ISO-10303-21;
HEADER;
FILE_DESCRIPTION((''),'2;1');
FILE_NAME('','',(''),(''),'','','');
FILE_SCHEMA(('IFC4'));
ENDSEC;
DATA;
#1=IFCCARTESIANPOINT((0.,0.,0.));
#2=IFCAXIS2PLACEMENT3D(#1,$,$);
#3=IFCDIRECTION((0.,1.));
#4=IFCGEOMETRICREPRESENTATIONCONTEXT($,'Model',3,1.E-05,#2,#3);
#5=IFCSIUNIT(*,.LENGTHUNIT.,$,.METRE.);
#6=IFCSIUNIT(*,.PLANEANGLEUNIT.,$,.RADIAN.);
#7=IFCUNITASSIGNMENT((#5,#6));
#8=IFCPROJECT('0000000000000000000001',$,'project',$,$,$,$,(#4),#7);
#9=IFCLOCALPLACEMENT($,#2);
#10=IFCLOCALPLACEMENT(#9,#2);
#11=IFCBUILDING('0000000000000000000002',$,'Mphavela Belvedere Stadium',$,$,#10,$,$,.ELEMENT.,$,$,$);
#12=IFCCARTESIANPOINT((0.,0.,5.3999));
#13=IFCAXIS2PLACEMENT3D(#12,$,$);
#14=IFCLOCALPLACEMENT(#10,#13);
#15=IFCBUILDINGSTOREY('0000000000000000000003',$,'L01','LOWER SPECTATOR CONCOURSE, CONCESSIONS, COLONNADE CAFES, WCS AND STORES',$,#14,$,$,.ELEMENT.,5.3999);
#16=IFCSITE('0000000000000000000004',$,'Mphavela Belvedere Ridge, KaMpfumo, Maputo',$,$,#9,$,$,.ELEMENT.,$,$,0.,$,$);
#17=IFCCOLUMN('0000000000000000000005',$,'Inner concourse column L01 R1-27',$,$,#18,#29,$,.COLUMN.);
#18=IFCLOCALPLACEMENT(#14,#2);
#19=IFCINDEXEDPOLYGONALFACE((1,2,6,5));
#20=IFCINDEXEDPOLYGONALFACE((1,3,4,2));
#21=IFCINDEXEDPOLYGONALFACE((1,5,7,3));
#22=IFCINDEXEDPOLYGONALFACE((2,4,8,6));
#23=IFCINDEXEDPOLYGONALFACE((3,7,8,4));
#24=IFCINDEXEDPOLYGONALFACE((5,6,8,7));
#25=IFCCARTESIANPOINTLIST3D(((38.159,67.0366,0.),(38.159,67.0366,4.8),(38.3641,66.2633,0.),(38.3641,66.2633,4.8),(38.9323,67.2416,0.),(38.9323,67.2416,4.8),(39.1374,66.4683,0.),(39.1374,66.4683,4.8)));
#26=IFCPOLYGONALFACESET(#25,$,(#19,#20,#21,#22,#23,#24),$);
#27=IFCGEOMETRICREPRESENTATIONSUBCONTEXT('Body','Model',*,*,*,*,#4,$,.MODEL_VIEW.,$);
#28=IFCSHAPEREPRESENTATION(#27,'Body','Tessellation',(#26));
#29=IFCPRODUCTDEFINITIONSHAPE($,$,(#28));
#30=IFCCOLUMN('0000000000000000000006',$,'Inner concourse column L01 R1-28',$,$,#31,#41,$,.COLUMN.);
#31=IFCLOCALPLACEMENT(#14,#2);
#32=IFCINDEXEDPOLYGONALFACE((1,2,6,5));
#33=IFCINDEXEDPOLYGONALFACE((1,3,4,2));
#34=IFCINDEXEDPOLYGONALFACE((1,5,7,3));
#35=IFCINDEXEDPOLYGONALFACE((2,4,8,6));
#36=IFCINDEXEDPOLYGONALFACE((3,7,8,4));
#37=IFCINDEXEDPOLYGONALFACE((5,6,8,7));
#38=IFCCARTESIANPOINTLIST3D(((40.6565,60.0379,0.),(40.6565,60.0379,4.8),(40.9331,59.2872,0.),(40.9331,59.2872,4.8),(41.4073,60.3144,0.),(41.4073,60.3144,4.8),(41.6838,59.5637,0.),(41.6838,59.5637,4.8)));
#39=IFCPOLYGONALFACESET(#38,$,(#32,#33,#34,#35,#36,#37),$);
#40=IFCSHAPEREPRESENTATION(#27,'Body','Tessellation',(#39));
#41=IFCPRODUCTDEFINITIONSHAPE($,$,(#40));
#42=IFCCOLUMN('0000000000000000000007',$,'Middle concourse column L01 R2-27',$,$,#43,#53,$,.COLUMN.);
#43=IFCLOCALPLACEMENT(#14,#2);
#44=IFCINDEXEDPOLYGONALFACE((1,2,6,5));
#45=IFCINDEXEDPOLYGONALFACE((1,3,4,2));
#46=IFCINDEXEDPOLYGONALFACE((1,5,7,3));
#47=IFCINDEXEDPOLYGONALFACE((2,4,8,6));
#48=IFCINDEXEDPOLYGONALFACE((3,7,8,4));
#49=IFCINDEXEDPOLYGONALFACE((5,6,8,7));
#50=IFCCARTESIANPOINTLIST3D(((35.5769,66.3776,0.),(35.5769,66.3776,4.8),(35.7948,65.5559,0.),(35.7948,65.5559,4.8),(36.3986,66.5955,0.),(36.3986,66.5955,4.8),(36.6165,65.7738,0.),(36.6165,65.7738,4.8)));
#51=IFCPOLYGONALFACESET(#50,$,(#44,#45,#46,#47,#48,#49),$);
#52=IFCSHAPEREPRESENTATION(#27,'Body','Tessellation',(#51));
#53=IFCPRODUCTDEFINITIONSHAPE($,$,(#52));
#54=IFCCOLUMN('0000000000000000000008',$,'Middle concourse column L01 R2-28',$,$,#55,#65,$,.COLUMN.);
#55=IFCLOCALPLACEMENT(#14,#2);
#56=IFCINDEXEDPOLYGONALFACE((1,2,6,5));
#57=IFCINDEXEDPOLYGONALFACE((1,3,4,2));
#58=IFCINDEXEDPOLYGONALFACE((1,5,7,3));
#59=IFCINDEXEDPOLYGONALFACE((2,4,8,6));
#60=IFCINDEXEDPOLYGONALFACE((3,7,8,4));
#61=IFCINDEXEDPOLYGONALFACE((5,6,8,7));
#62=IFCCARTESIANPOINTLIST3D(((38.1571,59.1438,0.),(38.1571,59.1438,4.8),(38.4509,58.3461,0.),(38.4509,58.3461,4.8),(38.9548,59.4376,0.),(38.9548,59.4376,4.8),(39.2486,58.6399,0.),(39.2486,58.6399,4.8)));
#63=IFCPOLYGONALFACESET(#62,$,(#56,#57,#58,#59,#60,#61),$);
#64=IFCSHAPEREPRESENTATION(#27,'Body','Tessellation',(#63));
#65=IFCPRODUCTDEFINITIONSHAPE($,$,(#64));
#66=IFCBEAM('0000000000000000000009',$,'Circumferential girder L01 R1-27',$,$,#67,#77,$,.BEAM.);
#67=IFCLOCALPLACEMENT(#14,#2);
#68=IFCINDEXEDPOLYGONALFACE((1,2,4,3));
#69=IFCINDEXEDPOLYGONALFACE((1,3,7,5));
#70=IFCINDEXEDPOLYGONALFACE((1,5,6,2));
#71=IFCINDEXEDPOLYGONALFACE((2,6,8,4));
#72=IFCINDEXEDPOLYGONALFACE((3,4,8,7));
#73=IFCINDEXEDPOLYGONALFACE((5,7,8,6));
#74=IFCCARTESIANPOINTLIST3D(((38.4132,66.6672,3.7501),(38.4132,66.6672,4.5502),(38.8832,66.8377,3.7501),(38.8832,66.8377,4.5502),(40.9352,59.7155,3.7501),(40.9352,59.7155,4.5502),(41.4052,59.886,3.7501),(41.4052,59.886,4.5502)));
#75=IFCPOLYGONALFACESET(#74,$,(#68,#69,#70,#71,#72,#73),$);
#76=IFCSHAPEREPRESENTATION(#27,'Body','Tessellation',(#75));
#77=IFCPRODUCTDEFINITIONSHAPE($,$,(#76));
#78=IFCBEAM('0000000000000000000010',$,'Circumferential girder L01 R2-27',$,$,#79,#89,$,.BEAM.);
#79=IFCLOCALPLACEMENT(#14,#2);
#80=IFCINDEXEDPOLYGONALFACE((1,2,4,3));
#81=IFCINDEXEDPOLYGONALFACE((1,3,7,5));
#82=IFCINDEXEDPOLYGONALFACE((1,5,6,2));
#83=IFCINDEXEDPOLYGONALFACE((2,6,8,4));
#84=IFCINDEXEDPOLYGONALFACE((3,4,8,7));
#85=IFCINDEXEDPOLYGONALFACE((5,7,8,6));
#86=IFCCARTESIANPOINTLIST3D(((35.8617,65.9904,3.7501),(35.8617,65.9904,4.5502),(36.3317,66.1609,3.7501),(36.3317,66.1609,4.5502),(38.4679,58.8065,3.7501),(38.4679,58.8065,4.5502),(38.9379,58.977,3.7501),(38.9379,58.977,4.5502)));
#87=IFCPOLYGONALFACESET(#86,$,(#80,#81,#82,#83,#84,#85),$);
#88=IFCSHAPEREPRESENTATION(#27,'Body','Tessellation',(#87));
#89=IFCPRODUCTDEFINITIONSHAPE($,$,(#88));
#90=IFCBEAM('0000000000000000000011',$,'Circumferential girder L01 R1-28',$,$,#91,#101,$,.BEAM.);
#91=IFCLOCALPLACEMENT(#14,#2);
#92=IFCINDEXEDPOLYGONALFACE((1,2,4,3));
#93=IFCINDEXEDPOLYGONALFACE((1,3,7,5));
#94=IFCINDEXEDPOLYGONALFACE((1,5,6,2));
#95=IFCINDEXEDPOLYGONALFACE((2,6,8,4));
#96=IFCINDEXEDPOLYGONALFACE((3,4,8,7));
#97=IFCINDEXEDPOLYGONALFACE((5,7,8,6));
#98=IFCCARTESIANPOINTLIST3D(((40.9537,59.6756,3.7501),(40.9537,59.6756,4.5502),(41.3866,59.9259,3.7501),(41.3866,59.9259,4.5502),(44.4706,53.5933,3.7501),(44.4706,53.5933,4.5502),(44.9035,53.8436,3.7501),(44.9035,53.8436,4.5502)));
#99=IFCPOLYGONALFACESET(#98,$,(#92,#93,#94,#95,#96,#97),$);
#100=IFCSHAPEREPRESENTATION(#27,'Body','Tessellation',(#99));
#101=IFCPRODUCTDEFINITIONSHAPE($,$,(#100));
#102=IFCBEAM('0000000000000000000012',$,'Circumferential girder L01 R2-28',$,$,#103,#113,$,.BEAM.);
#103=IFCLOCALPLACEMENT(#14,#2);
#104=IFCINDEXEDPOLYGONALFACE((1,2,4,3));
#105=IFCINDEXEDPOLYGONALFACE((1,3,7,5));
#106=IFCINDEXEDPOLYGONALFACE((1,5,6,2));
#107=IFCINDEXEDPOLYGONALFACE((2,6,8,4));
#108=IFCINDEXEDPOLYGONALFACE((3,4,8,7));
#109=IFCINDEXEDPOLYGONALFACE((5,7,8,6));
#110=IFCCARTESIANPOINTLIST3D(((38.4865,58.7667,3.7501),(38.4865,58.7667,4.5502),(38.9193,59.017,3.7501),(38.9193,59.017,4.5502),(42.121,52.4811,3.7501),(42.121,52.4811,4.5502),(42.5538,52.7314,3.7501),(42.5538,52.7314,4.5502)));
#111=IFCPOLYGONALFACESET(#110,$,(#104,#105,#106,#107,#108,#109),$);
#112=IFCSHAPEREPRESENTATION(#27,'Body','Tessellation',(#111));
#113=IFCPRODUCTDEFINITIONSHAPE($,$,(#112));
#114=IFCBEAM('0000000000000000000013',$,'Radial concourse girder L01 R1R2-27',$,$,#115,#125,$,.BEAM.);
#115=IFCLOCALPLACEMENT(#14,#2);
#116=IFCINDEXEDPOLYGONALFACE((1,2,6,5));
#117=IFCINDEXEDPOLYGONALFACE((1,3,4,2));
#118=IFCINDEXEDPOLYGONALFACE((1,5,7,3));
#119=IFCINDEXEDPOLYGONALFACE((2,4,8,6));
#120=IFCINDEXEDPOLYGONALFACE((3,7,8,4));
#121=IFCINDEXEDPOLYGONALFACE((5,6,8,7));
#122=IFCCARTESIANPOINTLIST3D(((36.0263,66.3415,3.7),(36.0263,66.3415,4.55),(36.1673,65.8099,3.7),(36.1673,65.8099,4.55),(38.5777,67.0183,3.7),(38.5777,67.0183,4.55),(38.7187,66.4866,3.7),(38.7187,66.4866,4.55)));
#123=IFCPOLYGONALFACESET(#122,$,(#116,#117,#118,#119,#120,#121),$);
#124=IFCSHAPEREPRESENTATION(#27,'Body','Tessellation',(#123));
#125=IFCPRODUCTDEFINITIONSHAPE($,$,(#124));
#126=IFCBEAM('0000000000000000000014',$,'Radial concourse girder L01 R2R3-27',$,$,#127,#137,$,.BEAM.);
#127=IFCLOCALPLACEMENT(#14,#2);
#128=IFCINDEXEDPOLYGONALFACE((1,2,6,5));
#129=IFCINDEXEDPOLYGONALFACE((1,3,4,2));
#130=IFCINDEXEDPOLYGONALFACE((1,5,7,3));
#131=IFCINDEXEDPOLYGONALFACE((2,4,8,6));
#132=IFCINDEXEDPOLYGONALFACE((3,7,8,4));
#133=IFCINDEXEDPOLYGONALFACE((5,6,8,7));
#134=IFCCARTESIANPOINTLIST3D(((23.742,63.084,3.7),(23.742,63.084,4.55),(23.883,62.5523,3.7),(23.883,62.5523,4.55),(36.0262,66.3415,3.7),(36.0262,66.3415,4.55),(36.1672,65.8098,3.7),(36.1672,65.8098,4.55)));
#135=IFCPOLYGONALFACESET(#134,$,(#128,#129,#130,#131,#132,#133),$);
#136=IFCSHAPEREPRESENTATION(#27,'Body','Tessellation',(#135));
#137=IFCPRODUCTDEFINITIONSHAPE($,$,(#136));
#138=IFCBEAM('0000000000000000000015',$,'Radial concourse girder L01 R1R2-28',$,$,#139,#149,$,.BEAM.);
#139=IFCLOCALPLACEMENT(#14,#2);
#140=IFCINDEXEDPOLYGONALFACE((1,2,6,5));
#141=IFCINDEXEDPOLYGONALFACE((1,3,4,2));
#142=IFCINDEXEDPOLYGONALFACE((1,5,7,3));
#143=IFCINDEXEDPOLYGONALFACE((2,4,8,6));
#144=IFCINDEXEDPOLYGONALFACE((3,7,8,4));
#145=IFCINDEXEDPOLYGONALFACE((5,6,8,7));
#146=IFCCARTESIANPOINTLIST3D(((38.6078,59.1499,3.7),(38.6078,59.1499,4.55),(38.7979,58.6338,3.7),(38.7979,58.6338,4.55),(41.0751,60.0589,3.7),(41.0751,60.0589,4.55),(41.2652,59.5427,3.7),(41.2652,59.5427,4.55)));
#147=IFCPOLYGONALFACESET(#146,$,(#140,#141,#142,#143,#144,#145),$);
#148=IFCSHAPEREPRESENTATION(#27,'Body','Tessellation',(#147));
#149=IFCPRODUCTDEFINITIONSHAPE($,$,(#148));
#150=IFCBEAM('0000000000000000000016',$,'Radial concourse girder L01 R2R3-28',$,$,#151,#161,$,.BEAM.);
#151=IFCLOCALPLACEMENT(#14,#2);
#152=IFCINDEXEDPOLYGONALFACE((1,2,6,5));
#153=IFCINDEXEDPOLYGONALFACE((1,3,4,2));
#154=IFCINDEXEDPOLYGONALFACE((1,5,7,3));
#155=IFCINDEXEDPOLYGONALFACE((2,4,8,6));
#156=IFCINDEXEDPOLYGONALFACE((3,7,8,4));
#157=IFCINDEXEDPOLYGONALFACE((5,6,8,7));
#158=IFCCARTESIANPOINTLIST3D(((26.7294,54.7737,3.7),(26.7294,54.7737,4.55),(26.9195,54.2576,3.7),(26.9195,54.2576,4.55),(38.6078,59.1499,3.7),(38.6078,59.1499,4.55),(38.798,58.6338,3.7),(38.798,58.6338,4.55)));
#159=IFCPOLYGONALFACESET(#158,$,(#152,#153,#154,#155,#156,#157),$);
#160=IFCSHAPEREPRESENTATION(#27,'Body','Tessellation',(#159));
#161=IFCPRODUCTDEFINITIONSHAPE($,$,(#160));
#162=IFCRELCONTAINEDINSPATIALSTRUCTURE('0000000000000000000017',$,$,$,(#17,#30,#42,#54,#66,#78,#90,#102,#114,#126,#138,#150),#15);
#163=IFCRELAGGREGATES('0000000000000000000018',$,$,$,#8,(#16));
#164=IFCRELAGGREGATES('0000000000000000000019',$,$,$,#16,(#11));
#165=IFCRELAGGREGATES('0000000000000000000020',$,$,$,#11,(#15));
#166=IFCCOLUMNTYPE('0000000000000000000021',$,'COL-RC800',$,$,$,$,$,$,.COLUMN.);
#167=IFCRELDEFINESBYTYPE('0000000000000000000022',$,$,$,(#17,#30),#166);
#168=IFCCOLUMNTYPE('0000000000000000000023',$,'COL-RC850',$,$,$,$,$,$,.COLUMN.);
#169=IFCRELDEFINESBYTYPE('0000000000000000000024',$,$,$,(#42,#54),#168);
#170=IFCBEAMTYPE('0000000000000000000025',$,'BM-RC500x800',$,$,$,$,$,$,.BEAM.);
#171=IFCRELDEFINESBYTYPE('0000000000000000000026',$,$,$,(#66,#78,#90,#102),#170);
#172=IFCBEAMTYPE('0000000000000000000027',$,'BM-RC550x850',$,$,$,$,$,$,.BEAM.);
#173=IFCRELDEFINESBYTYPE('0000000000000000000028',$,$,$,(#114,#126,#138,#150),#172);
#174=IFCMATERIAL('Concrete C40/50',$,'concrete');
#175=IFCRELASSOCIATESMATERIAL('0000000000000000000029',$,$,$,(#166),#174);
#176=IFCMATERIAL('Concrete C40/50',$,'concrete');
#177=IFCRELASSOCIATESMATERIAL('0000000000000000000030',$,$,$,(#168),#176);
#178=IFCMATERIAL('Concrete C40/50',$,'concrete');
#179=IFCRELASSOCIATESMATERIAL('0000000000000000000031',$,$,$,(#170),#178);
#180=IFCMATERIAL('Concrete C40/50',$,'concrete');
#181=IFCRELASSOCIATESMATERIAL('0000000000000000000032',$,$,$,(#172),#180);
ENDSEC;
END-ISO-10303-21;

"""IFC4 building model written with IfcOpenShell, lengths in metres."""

from ifc_helpers import new_model, si_unit, direction, frame, origin, origin_2d, place, context, subcontext, project, spatial, rectangle, extrude, material, material_profile, profile_set, type_object, element, save


model = new_model("IFC4")

# Units and contexts
model_context = context("Model", 3, precision=1e-05, world=origin(), true_north=direction((0.0, 1.0)))
body_context = subcontext(model_context, "Body", "Model", "MODEL_VIEW")
ifc_project = project(units=[si_unit("LENGTHUNIT", "METRE"), si_unit("PLANEANGLEUNIT", "RADIAN")], contexts=[model_context])

# Site, building, storey
site_placement = place(None, origin())
site = spatial("IfcSite", under=ifc_project, at=site_placement, Name="Mphavela Belvedere Ridge, KaMpfumo, Maputo", CompositionType="ELEMENT", RefElevation=0.0)
building_placement = place(site_placement, origin())
building = spatial("IfcBuilding", under=site, at=building_placement, Name="Mphavela Belvedere Stadium", CompositionType="ELEMENT")
storey_placement = place(building_placement, frame((0.0, 0.0, 5.3999)))
storey = spatial("IfcBuildingStorey", under=building, at=storey_placement, Name="L01", Description="LOWER SPECTATOR CONCOURSE, CONCESSIONS, COLONNADE CAFES, WCS AND STORES", CompositionType="ELEMENT", Elevation=5.3999)

# Columns
ifc_material_1 = material(Name="Concrete C40/50", Category="concrete")
ifc_material_profile_1 = material_profile(ifc_material_1, rectangle(XDim=0.8, YDim=0.8, at=origin_2d()), Name="RC 800x800")
ifc_profile_set_1 = profile_set([ifc_material_profile_1], Name="Concrete C40/50")
column_type_1 = type_object("IfcColumnType", Name="COL-RC800", PredefinedType="COLUMN", material=ifc_profile_set_1)
for number, where, z_axis, x_axis, name in (
    (1, (38.6482, 66.7524, 0.0), (0.0, 0.0, 1.0), (-0.9666, -0.256289, 0.0), "Inner concourse column L01 R1-27"),
    (2, (41.1702, 59.8008, 0.0), (0.0, 0.0, 1.0), (-0.938372, -0.345626, 0.0), "Inner concourse column L01 R1-28"),
):
    element("IfcColumn", number, at=place(storey_placement, frame(where, z_axis=z_axis, x_axis=x_axis)), inside=storey, type_object=column_type_1, Name=name, PredefinedType="COLUMN", context=body_context, shape_type="SweptSolid", body=[
        extrude(rectangle(XDim=0.8, YDim=0.8, at=origin_2d()), origin(), (0.0, 0.0, 1.0), 4.8),
    ])
ifc_material_2 = material(Name="Concrete C40/50", Category="concrete")
ifc_material_profile_2 = material_profile(ifc_material_2, rectangle(XDim=0.8501, YDim=0.8501, at=origin_2d()), Name="RC 850x850")
ifc_profile_set_2 = profile_set([ifc_material_profile_2], Name="Concrete C40/50")
column_type_2 = type_object("IfcColumnType", Name="COL-RC850", PredefinedType="COLUMN", material=ifc_profile_set_2)
for number, where, z_axis, x_axis, name in (
    (3, (36.0967, 66.0757, 0.0), (0.0, 0.0, 1.0), (-0.9666, -0.256289, 0.0), "Middle concourse column L01 R2-27"),
    (4, (38.7029, 58.8918, 0.0), (0.0, 0.0, 1.0), (-0.938372, -0.345626, 0.0), "Middle concourse column L01 R2-28"),
):
    element("IfcColumn", number, at=place(storey_placement, frame(where, z_axis=z_axis, x_axis=x_axis)), inside=storey, type_object=column_type_2, Name=name, PredefinedType="COLUMN", context=body_context, shape_type="SweptSolid", body=[
        extrude(rectangle(XDim=0.8501, YDim=0.8501, at=origin_2d()), origin(), (0.0, 0.0, 1.0), 4.8),
    ])

# Beams
ifc_material_3 = material(Name="Concrete C40/50", Category="concrete")
ifc_material_profile_3 = material_profile(ifc_material_3, rectangle(XDim=0.5, YDim=0.8, at=origin_2d()), Name="RC 500x800")
ifc_profile_set_3 = profile_set([ifc_material_profile_3], Name="Concrete C40/50")
beam_type_1 = type_object("IfcBeamType", Name="BM-RC500x800", PredefinedType="BEAM", material=ifc_profile_set_3)
beam_1_placement = place(storey_placement, frame((38.6482, 66.7524, 4.1501), z_axis=(0.341038, -0.94005, 0.0), x_axis=(0.94005, 0.341038, 0.0)))
element("IfcBeam", 5, at=beam_1_placement, inside=storey, type_object=beam_type_1, Name="Circumferential girder L01 R1-27", PredefinedType="BEAM", context=body_context, shape_type="SweptSolid", body=[
    extrude(rectangle(XDim=0.5, YDim=0.8, at=origin_2d()), origin(), (0.0, 0.0, 1.0), 7.395),
])
beam_2_placement = place(storey_placement, frame((36.0967, 66.0757, 4.1501), z_axis=(0.341038, -0.94005, 0.0), x_axis=(0.94005, 0.341038, 0.0)))
element("IfcBeam", 6, at=beam_2_placement, inside=storey, type_object=beam_type_1, Name="Circumferential girder L01 R2-27", PredefinedType="BEAM", context=body_context, shape_type="SweptSolid", body=[
    extrude(rectangle(XDim=0.5, YDim=0.8, at=origin_2d()), origin(), (0.0, 0.0, 1.0), 7.6421),
])
beam_3_placement = place(storey_placement, frame((41.1702, 59.8008, 4.1501), z_axis=(0.50056, -0.865702, 0.0), x_axis=(0.865702, 0.50056, 0.0)))
element("IfcBeam", 7, at=beam_3_placement, inside=storey, type_object=beam_type_1, Name="Circumferential girder L01 R1-28", PredefinedType="BEAM", context=body_context, shape_type="SweptSolid", body=[
    extrude(rectangle(XDim=0.5, YDim=0.8, at=origin_2d()), origin(), (0.0, 0.0, 1.0), 7.0259),
])
beam_4_placement = place(storey_placement, frame((38.7029, 58.8918, 4.1501), z_axis=(0.500568, -0.865697, 0.0), x_axis=(0.865697, 0.500568, 0.0)))
element("IfcBeam", 8, at=beam_4_placement, inside=storey, type_object=beam_type_1, Name="Circumferential girder L01 R2-28", PredefinedType="BEAM", context=body_context, shape_type="SweptSolid", body=[
    extrude(rectangle(XDim=0.5, YDim=0.8, at=origin_2d()), origin(), (0.0, 0.0, 1.0), 7.2607),
])
ifc_material_4 = material(Name="Concrete C40/50", Category="concrete")
ifc_material_profile_4 = material_profile(ifc_material_4, rectangle(XDim=0.55, YDim=0.8501, at=origin_2d()), Name="RC 550x850")
ifc_profile_set_4 = profile_set([ifc_material_profile_4], Name="Concrete C40/50")
beam_type_2 = type_object("IfcBeamType", Name="BM-RC550x850", PredefinedType="BEAM", material=ifc_profile_set_4)
beam_5_placement = place(storey_placement, frame((38.6482, 66.7524, 4.125), z_axis=(-0.966578, -0.256373, 0.0), x_axis=(0.256373, -0.966578, 0.0)))
element("IfcBeam", 9, at=beam_5_placement, inside=storey, type_object=beam_type_2, Name="Radial concourse girder L01 R1R2-27", PredefinedType="BEAM", context=body_context, shape_type="SweptSolid", body=[
    extrude(rectangle(XDim=0.55, YDim=0.8501, at=origin_2d()), origin(), (0.0, 0.0, 1.0), 2.6396),
])
beam_6_placement = place(storey_placement, frame((36.0967, 66.0757, 4.125), z_axis=(-0.966591, -0.256324, 0.0), x_axis=(0.256324, -0.966591, 0.0)))
element("IfcBeam", 10, at=beam_6_placement, inside=storey, type_object=beam_type_2, Name="Radial concourse girder L01 R2R3-27", PredefinedType="BEAM", context=body_context, shape_type="SweptSolid", body=[
    extrude(rectangle(XDim=0.55, YDim=0.8501, at=origin_2d()), origin(), (0.0, 0.0, 1.0), 12.7087),
])
beam_7_placement = place(storey_placement, frame((41.1702, 59.8008, 4.125), z_axis=(-0.938351, -0.345684, 0.0), x_axis=(0.345684, -0.938351, 0.0)))
element("IfcBeam", 11, at=beam_7_placement, inside=storey, type_object=beam_type_2, Name="Radial concourse girder L01 R1R2-28", PredefinedType="BEAM", context=body_context, shape_type="SweptSolid", body=[
    extrude(rectangle(XDim=0.55, YDim=0.8501, at=origin_2d()), origin(), (0.0, 0.0, 1.0), 2.6294),
])
beam_8_placement = place(storey_placement, frame((38.7029, 58.8918, 4.125), z_axis=(-0.938344, -0.345703, 0.0), x_axis=(0.345703, -0.938344, 0.0)))
element("IfcBeam", 12, at=beam_8_placement, inside=storey, type_object=beam_type_2, Name="Radial concourse girder L01 R2R3-28", PredefinedType="BEAM", context=body_context, shape_type="SweptSolid", body=[
    extrude(rectangle(XDim=0.55, YDim=0.8501, at=origin_2d()), origin(), (0.0, 0.0, 1.0), 12.6589),
])

save(model, "model.ifc")
